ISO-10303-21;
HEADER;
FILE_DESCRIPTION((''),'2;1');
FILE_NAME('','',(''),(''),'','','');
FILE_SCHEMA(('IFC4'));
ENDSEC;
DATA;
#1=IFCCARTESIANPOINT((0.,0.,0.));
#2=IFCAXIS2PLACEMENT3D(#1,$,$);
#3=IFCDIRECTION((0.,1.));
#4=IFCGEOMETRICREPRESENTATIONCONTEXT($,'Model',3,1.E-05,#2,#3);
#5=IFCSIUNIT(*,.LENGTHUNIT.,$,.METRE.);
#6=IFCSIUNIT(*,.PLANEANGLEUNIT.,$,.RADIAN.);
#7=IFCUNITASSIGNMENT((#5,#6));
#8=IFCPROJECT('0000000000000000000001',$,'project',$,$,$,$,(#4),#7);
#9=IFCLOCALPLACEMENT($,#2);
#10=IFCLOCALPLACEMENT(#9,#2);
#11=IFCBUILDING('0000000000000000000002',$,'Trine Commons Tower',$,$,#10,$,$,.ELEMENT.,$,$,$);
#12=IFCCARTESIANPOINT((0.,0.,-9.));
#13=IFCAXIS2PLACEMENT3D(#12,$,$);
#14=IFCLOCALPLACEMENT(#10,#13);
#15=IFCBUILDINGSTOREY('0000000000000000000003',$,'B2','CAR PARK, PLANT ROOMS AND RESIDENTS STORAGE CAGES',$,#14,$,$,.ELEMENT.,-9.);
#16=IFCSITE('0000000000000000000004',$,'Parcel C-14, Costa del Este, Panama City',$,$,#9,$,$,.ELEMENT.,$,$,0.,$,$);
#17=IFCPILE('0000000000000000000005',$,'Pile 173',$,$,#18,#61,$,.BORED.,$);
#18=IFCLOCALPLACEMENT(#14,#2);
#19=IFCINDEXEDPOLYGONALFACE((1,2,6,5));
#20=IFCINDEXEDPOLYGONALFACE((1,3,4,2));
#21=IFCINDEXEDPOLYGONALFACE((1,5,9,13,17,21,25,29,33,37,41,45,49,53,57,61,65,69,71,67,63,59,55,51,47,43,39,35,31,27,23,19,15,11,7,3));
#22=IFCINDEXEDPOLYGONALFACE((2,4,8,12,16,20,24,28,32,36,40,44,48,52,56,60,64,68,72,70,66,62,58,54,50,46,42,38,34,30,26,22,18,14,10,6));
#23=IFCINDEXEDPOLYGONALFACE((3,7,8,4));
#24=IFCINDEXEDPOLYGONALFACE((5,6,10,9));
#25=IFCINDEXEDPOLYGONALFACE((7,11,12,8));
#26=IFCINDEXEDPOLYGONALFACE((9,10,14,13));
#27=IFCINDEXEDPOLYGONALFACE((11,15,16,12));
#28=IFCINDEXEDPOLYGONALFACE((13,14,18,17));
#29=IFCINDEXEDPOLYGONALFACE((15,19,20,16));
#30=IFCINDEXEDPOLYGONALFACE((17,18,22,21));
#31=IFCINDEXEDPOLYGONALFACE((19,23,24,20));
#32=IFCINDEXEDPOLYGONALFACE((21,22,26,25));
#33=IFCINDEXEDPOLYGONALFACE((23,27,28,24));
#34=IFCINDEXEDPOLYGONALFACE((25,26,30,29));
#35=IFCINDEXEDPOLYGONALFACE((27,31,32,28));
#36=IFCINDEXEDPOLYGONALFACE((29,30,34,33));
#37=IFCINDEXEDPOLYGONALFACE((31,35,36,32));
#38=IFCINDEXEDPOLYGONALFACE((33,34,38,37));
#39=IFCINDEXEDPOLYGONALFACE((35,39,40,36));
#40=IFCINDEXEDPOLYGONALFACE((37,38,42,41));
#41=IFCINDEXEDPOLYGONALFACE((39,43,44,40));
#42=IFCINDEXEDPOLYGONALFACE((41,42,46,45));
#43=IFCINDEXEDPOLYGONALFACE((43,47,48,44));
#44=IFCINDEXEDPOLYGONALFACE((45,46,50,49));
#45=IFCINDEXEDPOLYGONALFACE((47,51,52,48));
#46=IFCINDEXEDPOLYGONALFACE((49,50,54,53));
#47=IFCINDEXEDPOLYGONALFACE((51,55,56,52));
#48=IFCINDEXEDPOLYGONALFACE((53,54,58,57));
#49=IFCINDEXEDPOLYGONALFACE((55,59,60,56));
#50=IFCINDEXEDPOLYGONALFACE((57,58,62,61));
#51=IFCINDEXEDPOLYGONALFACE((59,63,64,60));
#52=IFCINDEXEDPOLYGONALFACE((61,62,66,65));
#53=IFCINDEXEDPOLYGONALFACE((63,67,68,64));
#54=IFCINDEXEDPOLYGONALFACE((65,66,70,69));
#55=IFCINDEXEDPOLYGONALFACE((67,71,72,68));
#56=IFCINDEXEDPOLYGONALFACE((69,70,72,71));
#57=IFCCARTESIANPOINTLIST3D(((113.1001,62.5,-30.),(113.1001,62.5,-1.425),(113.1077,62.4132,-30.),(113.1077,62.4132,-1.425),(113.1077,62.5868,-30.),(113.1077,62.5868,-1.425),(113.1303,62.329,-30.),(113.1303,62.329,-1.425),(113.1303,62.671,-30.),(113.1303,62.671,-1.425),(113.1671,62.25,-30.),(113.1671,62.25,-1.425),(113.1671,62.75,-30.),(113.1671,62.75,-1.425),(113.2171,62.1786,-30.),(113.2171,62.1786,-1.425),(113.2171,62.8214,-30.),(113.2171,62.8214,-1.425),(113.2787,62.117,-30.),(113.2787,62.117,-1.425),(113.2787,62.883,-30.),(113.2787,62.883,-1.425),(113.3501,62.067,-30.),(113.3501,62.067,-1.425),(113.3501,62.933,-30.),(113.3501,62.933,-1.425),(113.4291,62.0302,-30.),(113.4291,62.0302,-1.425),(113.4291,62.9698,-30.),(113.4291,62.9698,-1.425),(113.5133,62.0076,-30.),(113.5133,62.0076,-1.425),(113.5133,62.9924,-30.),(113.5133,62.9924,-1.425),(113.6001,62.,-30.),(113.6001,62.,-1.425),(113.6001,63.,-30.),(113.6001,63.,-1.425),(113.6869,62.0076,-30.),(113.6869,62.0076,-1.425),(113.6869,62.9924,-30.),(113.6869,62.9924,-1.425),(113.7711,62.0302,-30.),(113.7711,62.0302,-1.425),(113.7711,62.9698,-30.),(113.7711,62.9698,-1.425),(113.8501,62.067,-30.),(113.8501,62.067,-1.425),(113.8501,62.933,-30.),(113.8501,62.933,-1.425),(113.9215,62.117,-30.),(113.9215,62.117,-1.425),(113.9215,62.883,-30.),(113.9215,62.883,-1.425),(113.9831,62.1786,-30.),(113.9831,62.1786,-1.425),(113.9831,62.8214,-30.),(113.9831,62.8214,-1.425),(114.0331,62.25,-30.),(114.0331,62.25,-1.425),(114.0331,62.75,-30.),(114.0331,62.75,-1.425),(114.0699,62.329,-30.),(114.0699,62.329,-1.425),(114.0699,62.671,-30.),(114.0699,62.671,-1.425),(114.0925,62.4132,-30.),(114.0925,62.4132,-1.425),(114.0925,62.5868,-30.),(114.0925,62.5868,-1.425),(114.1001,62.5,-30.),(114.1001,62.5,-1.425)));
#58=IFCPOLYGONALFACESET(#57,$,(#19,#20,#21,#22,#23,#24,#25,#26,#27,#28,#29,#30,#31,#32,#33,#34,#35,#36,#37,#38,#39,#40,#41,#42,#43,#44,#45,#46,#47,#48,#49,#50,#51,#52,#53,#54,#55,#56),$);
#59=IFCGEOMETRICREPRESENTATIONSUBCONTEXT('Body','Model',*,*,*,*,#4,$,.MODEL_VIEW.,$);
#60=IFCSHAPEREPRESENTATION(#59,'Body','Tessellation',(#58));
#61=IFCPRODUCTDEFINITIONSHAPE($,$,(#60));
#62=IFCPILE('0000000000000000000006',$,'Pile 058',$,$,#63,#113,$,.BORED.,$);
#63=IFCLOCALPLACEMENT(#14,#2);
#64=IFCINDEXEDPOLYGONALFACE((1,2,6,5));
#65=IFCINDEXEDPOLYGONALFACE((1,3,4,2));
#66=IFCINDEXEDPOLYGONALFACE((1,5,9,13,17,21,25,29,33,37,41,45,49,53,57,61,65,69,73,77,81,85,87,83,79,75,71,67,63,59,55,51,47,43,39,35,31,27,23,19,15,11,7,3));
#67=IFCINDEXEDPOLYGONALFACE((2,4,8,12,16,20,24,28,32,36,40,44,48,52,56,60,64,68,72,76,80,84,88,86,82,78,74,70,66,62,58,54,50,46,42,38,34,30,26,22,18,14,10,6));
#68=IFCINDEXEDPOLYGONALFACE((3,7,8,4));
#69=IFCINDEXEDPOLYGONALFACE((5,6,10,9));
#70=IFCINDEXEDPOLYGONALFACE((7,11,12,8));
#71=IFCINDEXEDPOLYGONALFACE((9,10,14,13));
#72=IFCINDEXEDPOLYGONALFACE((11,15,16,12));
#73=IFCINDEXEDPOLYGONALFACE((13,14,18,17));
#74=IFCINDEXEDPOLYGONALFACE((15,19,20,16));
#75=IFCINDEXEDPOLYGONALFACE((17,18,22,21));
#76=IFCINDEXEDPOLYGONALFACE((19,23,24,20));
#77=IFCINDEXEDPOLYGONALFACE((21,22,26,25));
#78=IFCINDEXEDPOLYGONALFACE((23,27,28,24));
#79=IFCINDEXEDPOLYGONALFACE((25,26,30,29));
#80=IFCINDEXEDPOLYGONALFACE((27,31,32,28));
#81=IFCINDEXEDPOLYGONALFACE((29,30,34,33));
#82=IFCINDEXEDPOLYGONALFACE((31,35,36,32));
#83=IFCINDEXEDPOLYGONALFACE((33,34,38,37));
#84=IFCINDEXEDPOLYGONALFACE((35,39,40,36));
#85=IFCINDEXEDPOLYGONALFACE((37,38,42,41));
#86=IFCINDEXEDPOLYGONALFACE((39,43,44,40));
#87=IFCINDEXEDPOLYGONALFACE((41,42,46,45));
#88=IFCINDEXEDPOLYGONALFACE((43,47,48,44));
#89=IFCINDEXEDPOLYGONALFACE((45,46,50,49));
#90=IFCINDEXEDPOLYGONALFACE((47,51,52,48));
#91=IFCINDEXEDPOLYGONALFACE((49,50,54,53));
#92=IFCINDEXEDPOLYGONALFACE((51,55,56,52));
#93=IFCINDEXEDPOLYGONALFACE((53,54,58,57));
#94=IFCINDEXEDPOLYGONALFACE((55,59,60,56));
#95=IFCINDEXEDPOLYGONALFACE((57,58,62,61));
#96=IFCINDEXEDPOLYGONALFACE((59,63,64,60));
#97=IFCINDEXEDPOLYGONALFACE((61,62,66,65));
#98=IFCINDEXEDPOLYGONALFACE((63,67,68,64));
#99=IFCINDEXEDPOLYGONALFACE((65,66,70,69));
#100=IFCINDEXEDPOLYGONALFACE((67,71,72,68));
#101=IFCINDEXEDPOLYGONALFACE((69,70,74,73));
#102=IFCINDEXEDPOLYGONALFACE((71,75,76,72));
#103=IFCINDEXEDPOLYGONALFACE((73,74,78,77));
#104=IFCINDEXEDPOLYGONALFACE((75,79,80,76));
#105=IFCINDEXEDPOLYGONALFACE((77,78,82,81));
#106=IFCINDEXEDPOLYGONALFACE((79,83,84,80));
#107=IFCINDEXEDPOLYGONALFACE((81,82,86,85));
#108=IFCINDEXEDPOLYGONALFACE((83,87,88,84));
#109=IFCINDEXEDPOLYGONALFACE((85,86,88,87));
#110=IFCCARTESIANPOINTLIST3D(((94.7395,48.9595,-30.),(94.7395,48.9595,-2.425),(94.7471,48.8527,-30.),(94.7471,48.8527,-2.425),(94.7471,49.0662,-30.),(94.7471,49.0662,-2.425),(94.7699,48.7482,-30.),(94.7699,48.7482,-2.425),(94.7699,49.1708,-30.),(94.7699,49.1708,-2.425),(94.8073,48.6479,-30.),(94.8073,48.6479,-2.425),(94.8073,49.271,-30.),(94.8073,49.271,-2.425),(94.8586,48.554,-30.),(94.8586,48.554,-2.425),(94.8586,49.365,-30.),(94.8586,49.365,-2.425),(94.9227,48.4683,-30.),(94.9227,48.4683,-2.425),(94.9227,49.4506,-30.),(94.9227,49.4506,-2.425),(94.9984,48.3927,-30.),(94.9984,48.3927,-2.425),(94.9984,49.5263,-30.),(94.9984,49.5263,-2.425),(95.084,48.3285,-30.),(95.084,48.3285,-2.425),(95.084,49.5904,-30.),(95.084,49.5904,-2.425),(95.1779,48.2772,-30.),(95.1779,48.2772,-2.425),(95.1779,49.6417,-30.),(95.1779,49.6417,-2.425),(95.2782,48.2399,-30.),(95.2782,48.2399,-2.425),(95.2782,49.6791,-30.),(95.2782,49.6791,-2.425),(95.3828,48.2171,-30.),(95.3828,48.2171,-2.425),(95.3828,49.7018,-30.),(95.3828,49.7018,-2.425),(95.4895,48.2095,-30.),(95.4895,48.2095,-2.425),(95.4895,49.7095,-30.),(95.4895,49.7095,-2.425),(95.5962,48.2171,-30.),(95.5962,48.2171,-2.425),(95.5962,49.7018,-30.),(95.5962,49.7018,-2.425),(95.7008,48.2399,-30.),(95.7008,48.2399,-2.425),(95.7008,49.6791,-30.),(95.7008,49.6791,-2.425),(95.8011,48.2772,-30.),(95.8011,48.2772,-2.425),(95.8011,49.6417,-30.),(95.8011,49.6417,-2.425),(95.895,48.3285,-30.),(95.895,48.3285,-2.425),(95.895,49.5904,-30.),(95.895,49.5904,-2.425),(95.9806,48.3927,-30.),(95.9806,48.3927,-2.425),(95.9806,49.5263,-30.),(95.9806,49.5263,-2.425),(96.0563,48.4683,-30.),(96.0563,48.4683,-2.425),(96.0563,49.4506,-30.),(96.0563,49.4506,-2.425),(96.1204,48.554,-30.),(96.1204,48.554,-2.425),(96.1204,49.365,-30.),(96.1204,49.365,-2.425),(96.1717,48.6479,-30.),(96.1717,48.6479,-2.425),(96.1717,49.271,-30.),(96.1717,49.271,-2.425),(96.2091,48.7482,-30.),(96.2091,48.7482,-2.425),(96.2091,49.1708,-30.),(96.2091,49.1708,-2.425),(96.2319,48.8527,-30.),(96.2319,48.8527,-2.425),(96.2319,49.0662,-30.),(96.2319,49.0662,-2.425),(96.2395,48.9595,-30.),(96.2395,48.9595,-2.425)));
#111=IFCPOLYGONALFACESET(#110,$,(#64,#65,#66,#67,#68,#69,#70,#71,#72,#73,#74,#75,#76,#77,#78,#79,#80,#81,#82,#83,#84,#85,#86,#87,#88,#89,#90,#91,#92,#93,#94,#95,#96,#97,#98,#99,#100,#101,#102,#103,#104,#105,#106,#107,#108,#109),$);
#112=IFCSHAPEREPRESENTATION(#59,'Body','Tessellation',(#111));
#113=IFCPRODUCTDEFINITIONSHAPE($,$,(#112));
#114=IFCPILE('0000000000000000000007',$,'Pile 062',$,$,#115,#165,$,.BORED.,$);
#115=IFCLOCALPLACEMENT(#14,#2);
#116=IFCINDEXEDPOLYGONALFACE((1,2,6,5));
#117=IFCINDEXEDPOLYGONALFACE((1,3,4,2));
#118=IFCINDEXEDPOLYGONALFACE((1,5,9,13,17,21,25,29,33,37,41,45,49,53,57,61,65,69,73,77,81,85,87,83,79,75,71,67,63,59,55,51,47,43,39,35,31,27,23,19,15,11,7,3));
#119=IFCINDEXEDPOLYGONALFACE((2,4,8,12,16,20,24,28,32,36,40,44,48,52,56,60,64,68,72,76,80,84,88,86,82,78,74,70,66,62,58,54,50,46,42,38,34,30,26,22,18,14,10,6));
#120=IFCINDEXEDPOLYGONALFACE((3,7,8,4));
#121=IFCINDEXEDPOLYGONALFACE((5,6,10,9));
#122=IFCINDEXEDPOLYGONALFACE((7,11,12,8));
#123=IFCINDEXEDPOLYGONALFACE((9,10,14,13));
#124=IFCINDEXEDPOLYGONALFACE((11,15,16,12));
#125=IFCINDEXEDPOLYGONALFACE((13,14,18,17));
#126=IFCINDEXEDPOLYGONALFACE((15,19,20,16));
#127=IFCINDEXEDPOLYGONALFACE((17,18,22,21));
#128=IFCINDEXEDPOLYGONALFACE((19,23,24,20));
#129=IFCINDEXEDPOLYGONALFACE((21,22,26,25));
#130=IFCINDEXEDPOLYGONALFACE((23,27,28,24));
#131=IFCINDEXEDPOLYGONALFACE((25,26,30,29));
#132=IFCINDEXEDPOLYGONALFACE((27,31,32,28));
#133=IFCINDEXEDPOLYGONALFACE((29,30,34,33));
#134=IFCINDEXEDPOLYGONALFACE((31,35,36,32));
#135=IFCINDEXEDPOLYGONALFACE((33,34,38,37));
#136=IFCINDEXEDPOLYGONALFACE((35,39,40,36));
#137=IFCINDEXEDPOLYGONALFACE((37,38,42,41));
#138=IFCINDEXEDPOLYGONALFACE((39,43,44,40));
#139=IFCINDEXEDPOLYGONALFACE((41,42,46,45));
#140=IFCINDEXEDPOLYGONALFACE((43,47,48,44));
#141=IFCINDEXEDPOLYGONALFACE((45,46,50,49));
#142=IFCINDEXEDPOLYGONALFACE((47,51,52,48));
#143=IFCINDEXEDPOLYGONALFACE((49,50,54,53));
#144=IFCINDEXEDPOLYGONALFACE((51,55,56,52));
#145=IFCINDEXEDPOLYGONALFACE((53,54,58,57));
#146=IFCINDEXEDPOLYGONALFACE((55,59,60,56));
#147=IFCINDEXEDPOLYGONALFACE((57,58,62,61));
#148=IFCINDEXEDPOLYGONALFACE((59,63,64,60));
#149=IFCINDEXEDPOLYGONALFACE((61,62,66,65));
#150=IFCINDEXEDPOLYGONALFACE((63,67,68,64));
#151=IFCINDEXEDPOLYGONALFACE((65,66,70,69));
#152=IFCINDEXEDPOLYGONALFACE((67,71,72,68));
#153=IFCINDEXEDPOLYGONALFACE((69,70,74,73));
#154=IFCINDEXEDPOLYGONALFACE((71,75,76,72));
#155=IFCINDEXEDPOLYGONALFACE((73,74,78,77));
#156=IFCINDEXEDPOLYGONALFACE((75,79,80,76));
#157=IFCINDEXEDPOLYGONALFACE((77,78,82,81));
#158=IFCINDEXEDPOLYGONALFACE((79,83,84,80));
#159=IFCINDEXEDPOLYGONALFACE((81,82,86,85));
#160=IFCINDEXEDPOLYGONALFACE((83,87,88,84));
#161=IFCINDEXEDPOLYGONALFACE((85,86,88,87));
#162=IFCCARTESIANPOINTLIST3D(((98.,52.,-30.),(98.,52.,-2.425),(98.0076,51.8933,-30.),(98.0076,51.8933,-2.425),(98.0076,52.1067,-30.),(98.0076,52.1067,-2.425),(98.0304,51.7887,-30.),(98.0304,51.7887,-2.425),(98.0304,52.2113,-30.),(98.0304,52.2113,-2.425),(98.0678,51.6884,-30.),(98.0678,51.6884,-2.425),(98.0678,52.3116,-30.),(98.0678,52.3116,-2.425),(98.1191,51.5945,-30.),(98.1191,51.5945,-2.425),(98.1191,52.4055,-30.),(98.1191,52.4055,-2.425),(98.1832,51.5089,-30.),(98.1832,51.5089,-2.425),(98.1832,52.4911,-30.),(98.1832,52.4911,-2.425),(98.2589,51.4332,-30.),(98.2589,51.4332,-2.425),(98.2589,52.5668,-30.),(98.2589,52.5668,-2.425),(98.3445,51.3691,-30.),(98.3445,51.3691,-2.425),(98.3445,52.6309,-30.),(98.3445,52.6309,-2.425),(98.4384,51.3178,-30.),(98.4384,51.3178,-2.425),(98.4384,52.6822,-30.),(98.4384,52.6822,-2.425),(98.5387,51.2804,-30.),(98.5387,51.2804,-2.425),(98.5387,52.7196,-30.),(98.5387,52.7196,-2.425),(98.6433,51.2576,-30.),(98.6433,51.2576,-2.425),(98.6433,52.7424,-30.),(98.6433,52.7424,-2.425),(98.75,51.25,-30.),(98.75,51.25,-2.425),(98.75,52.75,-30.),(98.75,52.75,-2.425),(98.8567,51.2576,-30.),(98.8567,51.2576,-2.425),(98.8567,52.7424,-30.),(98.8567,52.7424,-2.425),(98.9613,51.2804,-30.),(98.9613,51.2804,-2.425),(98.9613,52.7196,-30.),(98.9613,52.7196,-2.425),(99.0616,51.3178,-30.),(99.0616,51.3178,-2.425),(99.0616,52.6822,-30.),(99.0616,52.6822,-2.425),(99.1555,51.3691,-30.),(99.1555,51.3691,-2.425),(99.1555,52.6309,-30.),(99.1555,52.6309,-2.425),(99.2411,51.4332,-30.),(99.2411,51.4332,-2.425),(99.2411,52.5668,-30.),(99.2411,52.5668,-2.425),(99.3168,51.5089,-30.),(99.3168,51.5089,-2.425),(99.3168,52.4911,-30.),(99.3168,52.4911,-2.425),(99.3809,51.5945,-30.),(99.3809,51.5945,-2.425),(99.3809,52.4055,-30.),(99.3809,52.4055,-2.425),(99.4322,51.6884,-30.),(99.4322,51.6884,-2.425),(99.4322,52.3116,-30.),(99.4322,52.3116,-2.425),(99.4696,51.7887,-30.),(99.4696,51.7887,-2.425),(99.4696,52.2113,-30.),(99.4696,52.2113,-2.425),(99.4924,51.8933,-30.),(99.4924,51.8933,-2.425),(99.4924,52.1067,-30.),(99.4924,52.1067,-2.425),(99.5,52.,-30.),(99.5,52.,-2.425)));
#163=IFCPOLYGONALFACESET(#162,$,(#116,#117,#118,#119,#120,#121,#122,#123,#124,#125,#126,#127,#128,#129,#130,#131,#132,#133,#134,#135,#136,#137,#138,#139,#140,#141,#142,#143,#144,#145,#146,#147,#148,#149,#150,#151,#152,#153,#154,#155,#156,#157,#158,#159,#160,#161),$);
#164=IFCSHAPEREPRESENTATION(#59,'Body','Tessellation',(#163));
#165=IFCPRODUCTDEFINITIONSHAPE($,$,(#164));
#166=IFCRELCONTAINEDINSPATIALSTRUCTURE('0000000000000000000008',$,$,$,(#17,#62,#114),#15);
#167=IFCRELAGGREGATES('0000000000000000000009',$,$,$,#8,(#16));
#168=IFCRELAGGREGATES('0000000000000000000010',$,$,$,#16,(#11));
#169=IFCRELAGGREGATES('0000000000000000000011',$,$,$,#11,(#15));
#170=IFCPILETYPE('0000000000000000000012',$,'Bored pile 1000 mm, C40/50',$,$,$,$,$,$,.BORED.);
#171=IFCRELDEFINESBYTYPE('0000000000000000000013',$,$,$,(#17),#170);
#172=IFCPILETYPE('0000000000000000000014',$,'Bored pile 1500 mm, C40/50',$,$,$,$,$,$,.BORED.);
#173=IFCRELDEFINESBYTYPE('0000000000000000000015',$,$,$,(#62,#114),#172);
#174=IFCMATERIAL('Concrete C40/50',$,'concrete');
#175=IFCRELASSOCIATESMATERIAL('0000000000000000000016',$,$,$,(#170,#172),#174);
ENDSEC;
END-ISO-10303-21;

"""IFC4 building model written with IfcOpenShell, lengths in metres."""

from ifc_helpers import new_model, si_unit, direction, frame, origin, origin_2d, place, context, subcontext, project, spatial, circle, extrude, material, type_object, element, save


model = new_model("IFC4")

# Units and contexts
model_context = context("Model", 3, precision=1e-05, world=origin(), true_north=direction((0.0, 1.0)))
body_context = subcontext(model_context, "Body", "Model", "MODEL_VIEW")
ifc_project = project(units=[si_unit("LENGTHUNIT", "METRE"), si_unit("PLANEANGLEUNIT", "RADIAN")], contexts=[model_context])

# Site, building, storey
site_placement = place(None, origin())
site = spatial("IfcSite", under=ifc_project, at=site_placement, Name="Parcel C-14, Costa del Este, Panama City", CompositionType="ELEMENT", RefElevation=0.0)
building_placement = place(site_placement, origin())
building = spatial("IfcBuilding", under=site, at=building_placement, Name="Trine Commons Tower", CompositionType="ELEMENT")
storey_placement = place(building_placement, frame((0.0, 0.0, -9.0)))
storey = spatial("IfcBuildingStorey", under=building, at=storey_placement, Name="B2", Description="CAR PARK, PLANT ROOMS AND RESIDENTS STORAGE CAGES", CompositionType="ELEMENT", Elevation=-9.0)

# Piles
ifc_material_1 = material(Name="Concrete C40/50", Category="concrete")
pile_type_1 = type_object("IfcPileType", Name="Bored pile 1000 mm, C40/50", PredefinedType="BORED", material=ifc_material_1)
for number, where, z_axis, x_axis, name in (
    (1, (113.6001, 62.5, -1.425), (0.0, 0.0, -1.0), (1.0, 0.0, 0.0), "Pile 173"),
):
    element("IfcPile", number, at=place(storey_placement, frame(where, z_axis=z_axis, x_axis=x_axis)), inside=storey, type_object=pile_type_1, Name=name, PredefinedType="BORED", context=body_context, shape_type="SweptSolid", body=[
        extrude(circle(Radius=0.5, at=origin_2d()), origin(), (0.0, 0.0, 1.0), 28.575),
    ])
pile_type_2 = type_object("IfcPileType", Name="Bored pile 1500 mm, C40/50", PredefinedType="BORED", material=ifc_material_1)
for number, where, z_axis, x_axis, name in (
    (2, (95.4895, 48.9595, -2.425), (0.0, 0.0, -1.0), (1.0, 0.0, 0.0), "Pile 058"),
    (3, (98.75, 52.0, -2.425), (0.0, 0.0, -1.0), (1.0, 0.0, 0.0), "Pile 062"),
):
    element("IfcPile", number, at=place(storey_placement, frame(where, z_axis=z_axis, x_axis=x_axis)), inside=storey, type_object=pile_type_2, Name=name, PredefinedType="BORED", context=body_context, shape_type="SweptSolid", body=[
        extrude(circle(Radius=0.75, at=origin_2d()), origin(), (0.0, 0.0, 1.0), 27.575),
    ])

save(model, "model.ifc")
